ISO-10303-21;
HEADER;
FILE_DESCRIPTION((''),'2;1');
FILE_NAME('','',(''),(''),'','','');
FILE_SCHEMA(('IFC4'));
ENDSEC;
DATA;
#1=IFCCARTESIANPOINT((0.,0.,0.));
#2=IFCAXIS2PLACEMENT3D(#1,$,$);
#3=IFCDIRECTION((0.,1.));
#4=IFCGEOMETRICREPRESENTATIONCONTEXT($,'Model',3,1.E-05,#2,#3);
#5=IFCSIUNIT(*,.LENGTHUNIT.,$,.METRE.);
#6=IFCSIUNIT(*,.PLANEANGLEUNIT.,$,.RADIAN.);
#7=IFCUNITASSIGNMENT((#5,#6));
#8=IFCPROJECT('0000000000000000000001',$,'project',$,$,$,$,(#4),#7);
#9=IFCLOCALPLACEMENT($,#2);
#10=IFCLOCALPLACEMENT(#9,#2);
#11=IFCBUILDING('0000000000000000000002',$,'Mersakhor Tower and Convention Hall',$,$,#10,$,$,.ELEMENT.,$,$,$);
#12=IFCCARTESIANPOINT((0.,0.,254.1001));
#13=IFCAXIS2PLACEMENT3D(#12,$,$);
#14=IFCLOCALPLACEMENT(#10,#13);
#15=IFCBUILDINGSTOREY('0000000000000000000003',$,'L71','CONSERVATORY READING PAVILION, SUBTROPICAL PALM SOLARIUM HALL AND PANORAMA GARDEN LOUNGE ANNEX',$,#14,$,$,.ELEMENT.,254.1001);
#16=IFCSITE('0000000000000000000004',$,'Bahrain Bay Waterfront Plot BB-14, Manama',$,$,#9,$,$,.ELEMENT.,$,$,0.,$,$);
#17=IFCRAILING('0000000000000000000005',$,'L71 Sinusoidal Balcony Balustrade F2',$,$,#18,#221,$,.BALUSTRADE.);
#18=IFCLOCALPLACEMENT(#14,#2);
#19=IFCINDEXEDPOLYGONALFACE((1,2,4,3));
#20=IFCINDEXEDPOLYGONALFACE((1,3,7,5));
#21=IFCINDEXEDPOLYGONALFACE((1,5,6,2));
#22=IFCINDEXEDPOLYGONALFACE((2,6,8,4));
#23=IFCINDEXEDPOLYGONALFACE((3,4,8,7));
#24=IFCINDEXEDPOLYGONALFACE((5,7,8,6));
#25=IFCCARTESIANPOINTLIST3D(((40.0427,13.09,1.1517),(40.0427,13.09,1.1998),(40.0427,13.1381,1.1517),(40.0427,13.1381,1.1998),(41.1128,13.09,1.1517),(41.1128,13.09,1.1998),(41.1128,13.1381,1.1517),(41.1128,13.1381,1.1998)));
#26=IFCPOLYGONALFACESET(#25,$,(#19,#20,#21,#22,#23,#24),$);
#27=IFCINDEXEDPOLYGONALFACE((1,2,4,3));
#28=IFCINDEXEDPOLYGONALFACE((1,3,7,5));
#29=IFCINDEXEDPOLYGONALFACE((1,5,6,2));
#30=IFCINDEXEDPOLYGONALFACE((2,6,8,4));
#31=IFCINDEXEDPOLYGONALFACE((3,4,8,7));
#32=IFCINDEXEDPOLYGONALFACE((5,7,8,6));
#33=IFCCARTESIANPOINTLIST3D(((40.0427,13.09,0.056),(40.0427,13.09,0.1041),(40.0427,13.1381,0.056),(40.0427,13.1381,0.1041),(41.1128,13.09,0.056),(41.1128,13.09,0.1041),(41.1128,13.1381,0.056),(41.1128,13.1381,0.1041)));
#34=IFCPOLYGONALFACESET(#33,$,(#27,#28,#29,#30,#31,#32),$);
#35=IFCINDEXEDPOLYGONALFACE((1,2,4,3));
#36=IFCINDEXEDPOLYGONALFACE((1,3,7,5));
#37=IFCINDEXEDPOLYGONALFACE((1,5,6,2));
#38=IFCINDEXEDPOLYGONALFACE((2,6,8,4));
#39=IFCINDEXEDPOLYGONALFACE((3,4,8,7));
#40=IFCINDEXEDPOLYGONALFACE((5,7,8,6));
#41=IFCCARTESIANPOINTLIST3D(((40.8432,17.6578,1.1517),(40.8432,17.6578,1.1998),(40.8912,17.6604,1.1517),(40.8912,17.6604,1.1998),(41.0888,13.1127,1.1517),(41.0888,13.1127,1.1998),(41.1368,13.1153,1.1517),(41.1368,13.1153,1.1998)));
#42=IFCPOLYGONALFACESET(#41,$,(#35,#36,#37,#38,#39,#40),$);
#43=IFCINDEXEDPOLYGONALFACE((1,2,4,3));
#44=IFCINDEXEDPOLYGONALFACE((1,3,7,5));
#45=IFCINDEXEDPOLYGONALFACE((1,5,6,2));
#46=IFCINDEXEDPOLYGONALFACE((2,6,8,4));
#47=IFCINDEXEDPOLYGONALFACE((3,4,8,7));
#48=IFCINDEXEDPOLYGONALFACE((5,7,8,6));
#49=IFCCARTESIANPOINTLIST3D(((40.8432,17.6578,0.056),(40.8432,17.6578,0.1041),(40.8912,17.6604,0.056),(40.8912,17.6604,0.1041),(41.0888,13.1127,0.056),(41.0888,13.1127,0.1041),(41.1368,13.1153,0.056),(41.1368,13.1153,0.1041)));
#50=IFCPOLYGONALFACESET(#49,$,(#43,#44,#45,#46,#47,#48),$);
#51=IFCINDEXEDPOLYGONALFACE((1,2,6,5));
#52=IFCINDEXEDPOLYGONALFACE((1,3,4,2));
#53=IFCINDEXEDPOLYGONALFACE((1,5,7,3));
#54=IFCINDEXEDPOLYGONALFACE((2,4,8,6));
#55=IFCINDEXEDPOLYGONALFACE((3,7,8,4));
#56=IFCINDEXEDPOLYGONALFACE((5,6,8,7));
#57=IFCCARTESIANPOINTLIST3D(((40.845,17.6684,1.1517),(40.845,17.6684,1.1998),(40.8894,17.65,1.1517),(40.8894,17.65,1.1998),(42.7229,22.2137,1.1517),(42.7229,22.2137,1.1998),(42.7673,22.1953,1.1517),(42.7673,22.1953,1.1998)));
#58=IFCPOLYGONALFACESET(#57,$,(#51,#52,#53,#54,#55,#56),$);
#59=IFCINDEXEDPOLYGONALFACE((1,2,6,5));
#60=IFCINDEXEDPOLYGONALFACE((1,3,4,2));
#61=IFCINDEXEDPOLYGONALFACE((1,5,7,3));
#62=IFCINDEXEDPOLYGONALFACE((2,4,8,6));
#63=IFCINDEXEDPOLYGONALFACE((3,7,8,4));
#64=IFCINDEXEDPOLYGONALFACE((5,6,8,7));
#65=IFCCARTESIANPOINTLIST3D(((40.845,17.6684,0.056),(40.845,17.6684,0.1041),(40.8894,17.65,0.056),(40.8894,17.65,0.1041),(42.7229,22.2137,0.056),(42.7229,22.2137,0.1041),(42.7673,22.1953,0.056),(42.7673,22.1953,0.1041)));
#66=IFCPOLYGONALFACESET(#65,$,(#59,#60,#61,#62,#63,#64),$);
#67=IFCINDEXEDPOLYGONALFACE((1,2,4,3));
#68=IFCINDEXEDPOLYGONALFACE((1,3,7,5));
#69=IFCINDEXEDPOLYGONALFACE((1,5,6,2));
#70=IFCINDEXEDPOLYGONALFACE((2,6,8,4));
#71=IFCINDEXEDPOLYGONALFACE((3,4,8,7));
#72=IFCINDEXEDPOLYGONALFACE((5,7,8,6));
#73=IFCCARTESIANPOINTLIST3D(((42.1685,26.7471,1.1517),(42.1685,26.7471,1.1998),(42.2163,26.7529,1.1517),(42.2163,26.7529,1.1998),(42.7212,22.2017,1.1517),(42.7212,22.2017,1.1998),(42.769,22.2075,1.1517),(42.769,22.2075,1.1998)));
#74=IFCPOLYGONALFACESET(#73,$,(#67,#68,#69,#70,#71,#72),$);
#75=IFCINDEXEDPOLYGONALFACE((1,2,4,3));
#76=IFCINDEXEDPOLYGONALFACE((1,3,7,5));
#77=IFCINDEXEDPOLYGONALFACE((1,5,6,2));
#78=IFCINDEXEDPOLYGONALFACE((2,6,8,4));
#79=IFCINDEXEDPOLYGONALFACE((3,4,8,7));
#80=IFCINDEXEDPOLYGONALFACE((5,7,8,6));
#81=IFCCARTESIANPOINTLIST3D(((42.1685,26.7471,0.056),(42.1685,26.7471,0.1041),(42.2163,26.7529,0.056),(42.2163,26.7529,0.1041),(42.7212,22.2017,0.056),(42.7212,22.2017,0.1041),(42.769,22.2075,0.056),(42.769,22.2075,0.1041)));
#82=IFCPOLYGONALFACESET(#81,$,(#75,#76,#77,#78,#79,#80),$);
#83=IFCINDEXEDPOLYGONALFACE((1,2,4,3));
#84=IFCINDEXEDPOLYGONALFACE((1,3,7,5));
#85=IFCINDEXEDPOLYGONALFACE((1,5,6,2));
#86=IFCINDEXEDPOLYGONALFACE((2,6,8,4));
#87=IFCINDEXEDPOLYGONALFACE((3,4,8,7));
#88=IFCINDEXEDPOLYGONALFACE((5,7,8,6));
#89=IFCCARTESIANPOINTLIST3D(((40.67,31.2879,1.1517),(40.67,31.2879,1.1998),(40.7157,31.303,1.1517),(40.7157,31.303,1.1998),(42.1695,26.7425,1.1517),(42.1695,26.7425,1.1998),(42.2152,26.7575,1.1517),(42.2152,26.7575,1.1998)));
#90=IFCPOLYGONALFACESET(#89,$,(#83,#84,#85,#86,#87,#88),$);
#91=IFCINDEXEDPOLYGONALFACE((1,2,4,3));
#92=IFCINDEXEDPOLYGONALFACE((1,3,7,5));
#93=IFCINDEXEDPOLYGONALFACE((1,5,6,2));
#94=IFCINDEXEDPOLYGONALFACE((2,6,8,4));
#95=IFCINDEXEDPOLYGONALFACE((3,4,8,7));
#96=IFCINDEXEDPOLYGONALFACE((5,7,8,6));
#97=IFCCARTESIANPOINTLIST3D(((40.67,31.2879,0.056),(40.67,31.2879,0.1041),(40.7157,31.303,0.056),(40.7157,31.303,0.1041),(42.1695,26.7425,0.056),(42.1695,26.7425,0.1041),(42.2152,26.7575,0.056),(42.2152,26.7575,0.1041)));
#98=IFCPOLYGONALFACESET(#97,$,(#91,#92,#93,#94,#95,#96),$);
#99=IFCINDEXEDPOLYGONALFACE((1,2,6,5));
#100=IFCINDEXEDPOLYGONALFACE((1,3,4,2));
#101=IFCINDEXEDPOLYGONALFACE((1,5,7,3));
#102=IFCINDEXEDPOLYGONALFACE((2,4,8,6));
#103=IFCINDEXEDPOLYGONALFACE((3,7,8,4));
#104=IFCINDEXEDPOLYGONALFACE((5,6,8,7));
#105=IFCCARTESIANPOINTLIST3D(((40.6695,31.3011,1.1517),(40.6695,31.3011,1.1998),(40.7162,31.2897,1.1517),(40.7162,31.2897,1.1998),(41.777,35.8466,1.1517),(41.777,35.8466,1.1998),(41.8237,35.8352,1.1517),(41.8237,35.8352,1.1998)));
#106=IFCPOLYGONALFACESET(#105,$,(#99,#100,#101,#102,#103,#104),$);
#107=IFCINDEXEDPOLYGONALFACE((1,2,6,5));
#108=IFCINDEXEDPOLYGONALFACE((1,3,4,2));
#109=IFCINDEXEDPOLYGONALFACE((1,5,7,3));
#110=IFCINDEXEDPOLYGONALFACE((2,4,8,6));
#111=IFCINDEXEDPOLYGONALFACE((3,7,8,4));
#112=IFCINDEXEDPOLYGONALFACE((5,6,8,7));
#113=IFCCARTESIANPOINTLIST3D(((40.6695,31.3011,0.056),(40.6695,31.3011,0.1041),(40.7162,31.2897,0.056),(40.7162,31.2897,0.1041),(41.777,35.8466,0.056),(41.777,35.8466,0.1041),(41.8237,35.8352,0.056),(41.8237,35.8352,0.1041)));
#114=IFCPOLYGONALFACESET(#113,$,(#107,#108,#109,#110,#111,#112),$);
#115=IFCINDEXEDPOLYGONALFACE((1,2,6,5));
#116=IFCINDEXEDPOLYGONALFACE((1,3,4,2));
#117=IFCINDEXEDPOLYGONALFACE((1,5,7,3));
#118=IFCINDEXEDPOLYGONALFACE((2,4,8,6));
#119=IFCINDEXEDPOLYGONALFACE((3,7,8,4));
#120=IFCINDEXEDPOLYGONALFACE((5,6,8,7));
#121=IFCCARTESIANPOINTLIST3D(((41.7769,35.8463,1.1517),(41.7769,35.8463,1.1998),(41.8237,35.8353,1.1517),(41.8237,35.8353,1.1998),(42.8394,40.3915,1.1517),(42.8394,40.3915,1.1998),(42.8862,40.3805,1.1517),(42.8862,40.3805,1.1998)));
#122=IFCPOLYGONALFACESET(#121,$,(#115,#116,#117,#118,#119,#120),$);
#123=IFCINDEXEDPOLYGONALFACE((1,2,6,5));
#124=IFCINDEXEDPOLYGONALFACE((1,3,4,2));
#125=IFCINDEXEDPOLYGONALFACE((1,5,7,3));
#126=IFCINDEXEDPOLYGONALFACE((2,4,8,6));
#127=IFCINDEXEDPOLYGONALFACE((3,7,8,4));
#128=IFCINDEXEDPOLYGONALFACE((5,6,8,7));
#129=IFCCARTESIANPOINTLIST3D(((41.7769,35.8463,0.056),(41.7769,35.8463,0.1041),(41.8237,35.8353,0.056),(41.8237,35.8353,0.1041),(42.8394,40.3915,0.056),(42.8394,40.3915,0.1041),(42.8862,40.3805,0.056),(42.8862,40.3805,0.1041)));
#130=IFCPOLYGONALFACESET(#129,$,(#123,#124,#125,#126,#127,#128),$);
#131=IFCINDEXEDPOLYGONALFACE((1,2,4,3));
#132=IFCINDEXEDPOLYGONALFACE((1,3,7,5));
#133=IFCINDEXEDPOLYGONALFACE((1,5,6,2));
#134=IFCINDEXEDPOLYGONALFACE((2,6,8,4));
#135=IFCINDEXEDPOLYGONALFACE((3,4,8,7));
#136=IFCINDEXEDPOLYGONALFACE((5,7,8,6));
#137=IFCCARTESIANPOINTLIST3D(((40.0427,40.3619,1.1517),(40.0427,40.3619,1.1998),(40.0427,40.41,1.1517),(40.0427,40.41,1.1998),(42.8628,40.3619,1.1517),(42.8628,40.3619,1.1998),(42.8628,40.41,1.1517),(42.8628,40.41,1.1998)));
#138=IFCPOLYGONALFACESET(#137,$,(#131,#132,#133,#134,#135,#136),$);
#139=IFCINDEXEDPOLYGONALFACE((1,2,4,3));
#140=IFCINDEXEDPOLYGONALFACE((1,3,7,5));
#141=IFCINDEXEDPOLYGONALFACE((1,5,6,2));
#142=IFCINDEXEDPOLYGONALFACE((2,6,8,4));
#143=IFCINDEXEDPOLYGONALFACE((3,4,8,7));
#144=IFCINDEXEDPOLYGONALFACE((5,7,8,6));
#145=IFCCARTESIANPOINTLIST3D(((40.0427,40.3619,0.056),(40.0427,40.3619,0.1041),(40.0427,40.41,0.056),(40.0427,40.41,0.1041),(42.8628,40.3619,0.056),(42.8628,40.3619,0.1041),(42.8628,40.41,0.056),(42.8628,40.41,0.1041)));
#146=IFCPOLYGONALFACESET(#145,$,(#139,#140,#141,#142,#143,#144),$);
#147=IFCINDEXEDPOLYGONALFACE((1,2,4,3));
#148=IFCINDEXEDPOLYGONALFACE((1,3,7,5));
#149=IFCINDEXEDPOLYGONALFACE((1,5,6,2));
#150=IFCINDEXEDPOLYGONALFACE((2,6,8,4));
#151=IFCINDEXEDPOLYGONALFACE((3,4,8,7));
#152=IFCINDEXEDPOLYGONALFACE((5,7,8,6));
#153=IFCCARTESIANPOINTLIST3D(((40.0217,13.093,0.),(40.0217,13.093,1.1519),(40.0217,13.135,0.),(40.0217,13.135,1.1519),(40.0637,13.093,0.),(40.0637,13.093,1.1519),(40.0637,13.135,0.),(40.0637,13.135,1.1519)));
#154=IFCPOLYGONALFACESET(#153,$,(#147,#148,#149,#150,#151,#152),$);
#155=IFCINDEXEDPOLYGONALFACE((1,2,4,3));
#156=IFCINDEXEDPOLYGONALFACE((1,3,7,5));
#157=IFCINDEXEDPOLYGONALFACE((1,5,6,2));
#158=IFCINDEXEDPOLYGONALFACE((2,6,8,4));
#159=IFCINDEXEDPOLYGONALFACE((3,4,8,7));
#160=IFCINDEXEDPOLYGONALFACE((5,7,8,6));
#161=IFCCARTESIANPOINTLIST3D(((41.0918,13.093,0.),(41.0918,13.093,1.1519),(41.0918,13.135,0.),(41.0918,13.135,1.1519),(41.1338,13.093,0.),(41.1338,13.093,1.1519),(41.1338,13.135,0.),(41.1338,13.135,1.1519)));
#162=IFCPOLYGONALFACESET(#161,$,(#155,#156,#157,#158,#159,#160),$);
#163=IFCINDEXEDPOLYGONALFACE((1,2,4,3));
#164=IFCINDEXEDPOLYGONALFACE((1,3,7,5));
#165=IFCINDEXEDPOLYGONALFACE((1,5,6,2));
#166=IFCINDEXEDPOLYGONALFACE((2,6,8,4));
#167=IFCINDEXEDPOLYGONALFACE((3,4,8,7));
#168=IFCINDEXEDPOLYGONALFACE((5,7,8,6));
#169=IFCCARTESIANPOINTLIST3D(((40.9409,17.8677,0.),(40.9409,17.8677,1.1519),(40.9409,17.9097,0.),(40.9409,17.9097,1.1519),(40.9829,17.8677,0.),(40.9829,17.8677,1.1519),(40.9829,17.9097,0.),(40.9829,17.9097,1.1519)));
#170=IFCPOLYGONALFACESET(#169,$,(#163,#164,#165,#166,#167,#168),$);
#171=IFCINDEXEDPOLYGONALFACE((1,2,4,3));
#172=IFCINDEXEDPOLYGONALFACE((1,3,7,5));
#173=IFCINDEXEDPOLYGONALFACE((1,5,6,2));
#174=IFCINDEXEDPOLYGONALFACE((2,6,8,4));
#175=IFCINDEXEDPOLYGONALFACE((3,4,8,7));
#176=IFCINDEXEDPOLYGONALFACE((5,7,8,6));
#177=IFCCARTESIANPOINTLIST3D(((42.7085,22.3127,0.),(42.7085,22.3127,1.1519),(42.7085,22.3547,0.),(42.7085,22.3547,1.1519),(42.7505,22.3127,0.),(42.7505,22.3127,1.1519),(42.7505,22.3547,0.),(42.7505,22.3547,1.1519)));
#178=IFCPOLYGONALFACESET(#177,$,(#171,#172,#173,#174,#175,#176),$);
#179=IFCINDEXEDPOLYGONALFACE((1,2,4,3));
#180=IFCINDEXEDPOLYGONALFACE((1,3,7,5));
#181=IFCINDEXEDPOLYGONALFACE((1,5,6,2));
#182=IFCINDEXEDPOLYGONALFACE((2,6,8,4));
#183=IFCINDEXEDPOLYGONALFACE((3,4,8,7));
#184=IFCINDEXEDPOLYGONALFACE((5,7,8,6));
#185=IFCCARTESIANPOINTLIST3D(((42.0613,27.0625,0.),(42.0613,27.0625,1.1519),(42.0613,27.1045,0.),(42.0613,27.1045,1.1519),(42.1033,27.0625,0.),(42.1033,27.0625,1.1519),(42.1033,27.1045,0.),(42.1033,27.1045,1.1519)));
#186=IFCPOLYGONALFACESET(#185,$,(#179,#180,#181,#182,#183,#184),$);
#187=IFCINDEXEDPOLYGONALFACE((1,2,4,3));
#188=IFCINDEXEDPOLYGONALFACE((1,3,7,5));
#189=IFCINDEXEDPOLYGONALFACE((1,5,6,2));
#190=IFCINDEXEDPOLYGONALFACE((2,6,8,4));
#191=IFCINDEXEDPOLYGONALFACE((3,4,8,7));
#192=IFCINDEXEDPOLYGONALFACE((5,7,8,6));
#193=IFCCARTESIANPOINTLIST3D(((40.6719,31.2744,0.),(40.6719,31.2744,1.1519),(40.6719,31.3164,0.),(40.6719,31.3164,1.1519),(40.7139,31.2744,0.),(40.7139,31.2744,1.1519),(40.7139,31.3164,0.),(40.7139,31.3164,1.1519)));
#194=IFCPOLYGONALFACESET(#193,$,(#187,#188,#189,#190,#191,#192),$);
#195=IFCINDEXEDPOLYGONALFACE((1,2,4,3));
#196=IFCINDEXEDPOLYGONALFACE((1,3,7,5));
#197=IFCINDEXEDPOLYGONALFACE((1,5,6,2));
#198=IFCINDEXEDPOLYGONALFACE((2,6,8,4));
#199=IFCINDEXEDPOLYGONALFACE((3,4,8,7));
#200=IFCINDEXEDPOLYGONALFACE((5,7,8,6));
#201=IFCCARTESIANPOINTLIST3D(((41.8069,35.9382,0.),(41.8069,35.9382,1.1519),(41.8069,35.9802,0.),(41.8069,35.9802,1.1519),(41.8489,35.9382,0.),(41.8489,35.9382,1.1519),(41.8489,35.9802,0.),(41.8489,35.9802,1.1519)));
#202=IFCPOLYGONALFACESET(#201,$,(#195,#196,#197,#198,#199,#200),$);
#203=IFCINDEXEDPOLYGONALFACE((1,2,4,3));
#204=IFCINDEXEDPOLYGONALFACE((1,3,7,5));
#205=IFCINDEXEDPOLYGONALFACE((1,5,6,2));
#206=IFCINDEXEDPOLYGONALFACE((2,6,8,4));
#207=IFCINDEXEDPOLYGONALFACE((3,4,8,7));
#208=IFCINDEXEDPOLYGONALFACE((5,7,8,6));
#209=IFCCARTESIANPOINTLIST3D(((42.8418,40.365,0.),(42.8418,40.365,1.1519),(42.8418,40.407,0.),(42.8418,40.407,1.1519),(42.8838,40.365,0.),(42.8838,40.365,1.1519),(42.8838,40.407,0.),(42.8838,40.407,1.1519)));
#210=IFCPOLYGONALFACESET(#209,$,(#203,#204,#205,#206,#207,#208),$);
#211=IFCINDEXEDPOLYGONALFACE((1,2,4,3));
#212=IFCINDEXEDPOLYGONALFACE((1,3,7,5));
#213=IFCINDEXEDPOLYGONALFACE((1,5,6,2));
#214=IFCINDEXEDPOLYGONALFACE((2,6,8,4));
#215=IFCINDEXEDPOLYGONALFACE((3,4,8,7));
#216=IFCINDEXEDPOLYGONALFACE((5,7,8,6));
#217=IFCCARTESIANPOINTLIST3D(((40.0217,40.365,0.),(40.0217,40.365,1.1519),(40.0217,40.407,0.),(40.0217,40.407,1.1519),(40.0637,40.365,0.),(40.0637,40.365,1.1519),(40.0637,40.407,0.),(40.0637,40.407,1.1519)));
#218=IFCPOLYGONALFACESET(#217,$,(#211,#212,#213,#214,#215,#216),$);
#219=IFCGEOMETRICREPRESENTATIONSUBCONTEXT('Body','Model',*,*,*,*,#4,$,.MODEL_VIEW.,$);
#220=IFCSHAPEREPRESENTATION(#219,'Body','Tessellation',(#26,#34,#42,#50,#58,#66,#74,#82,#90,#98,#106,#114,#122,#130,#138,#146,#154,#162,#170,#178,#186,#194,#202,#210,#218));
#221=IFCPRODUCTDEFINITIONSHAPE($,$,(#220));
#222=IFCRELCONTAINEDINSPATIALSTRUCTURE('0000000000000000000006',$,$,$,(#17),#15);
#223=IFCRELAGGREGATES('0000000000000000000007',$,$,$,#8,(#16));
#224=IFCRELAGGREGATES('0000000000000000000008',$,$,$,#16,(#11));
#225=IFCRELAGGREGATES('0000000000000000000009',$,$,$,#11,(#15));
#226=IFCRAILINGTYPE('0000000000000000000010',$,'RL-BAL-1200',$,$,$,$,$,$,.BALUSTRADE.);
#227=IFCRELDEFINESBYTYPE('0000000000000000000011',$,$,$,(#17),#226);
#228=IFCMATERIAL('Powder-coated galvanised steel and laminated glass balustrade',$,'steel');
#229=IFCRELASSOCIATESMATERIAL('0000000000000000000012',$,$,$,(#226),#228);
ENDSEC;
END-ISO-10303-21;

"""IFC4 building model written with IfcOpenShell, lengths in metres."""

from ifc_helpers import new_model, si_unit, direction, frame, origin, origin_2d, place, context, subcontext, project, spatial, rectangle, extrude, material, type_object, element, save


model = new_model("IFC4")

# Units and contexts
model_context = context("Model", 3, precision=1e-05, world=origin(), true_north=direction((0.0, 1.0)))
body_context = subcontext(model_context, "Body", "Model", "MODEL_VIEW")
ifc_project = project(units=[si_unit("LENGTHUNIT", "METRE"), si_unit("PLANEANGLEUNIT", "RADIAN")], contexts=[model_context])

# Site, building, storey
site_placement = place(None, origin())
site = spatial("IfcSite", under=ifc_project, at=site_placement, Name="Bahrain Bay Waterfront Plot BB-14, Manama", CompositionType="ELEMENT", RefElevation=0.0)
building_placement = place(site_placement, origin())
building = spatial("IfcBuilding", under=site, at=building_placement, Name="Mersakhor Tower and Convention Hall", CompositionType="ELEMENT")
storey_placement = place(building_placement, frame((0.0, 0.0, 254.1001)))
storey = spatial("IfcBuildingStorey", under=building, at=storey_placement, Name="L71", Description="CONSERVATORY READING PAVILION, SUBTROPICAL PALM SOLARIUM HALL AND PANORAMA GARDEN LOUNGE ANNEX", CompositionType="ELEMENT", Elevation=254.1001)

# Railing
ifc_material_1 = material(Name="Powder-coated galvanised steel and laminated glass balustrade", Category="steel")
railing_type = type_object("IfcRailingType", Name="RL-BAL-1200", PredefinedType="BALUSTRADE", material=ifc_material_1)
railing_placement = place(storey_placement, frame((40.0427, 13.114, 0.0)))
element("IfcRailing", 1, at=railing_placement, inside=storey, type_object=railing_type, Name="L71 Sinusoidal Balcony Balustrade F2", PredefinedType="BALUSTRADE", context=body_context, shape_type="SweptSolid", body=[
    extrude(rectangle(XDim=0.0481, YDim=0.0481, at=origin_2d()), frame((0.0, 0.0, 1.1758), z_axis=(1.0, 0.0, 0.0), x_axis=(0.0, 1.0, 0.0)), (0.0, 0.0, 1.0), 1.0701),
    extrude(rectangle(XDim=0.0481, YDim=0.0481, at=origin_2d()), frame((0.0, 0.0, 0.0801), z_axis=(1.0, 0.0, 0.0), x_axis=(0.0, 1.0, 0.0)), (0.0, 0.0, 1.0), 1.0701),
    extrude(rectangle(XDim=0.0481, YDim=0.0481, at=origin_2d()), frame((1.0701, 0.0, 1.1758), z_axis=(-0.053958, 0.998543, 0.0), x_axis=(-0.998543, -0.053958, 0.0)), (0.0, 0.0, 1.0), 4.5518),
    extrude(rectangle(XDim=0.0481, YDim=0.0481, at=origin_2d()), frame((1.0701, 0.0, 0.0801), z_axis=(-0.053958, 0.998543, 0.0), x_axis=(-0.998543, -0.053958, 0.0)), (0.0, 0.0, 1.0), 4.5518),
    extrude(rectangle(XDim=0.0481, YDim=0.0481, at=origin_2d()), frame((0.8245, 4.5452, 1.1758), z_axis=(0.381843, 0.924227, 0.0), x_axis=(-0.924227, 0.381843, 0.0)), (0.0, 0.0, 1.0), 4.918),
    extrude(rectangle(XDim=0.0481, YDim=0.0481, at=origin_2d()), frame((0.8245, 4.5452, 0.0801), z_axis=(0.381843, 0.924227, 0.0), x_axis=(-0.924227, 0.381843, 0.0)), (0.0, 0.0, 1.0), 4.918),
    extrude(rectangle(XDim=0.0481, YDim=0.0481, at=origin_2d()), frame((2.7024, 9.0906, 1.1758), z_axis=(-0.120714, 0.992687, 0.0), x_axis=(-0.992687, -0.120714, 0.0)), (0.0, 0.0, 1.0), 4.5789),
    extrude(rectangle(XDim=0.0481, YDim=0.0481, at=origin_2d()), frame((2.7024, 9.0906, 0.0801), z_axis=(-0.120714, 0.992687, 0.0), x_axis=(-0.992687, -0.120714, 0.0)), (0.0, 0.0, 1.0), 4.5789),
    extrude(rectangle(XDim=0.0481, YDim=0.0481, at=origin_2d()), frame((2.1497, 13.636, 1.1758), z_axis=(-0.313288, 0.949658, 0.0), x_axis=(-0.949658, -0.313288, 0.0)), (0.0, 0.0, 1.0), 4.7864),
    extrude(rectangle(XDim=0.0481, YDim=0.0481, at=origin_2d()), frame((2.1497, 13.636, 0.0801), z_axis=(-0.313288, 0.949658, 0.0), x_axis=(-0.949658, -0.313288, 0.0)), (0.0, 0.0, 1.0), 4.7864),
    extrude(rectangle(XDim=0.0481, YDim=0.0481, at=origin_2d()), frame((0.6501, 18.1814, 1.1758), z_axis=(0.236711, 0.97158, 0.0), x_axis=(-0.97158, 0.236711, 0.0)), (0.0, 0.0, 1.0), 4.6785),
    extrude(rectangle(XDim=0.0481, YDim=0.0481, at=origin_2d()), frame((0.6501, 18.1814, 0.0801), z_axis=(0.236711, 0.97158, 0.0), x_axis=(-0.97158, 0.236711, 0.0)), (0.0, 0.0, 1.0), 4.6785),
    extrude(rectangle(XDim=0.0481, YDim=0.0481, at=origin_2d()), frame((1.7576, 22.7268, 1.1758), z_axis=(0.227628, 0.973748, 0.0), x_axis=(-0.973748, 0.227628, 0.0)), (0.0, 0.0, 1.0), 4.6677),
    extrude(rectangle(XDim=0.0481, YDim=0.0481, at=origin_2d()), frame((1.7576, 22.7268, 0.0801), z_axis=(0.227628, 0.973748, 0.0), x_axis=(-0.973748, 0.227628, 0.0)), (0.0, 0.0, 1.0), 4.6677),
    extrude(rectangle(XDim=0.0481, YDim=0.0481, at=origin_2d()), frame((2.8201, 27.272, 1.1758), z_axis=(-1.0, 0.0, 0.0), x_axis=(0.0, -1.0, 0.0)), (0.0, 0.0, 1.0), 2.8201),
    extrude(rectangle(XDim=0.0481, YDim=0.0481, at=origin_2d()), frame((2.8201, 27.272, 0.0801), z_axis=(-1.0, 0.0, 0.0), x_axis=(0.0, -1.0, 0.0)), (0.0, 0.0, 1.0), 2.8201),
    extrude(rectangle(XDim=0.042, YDim=0.042, at=origin_2d()), origin(), (0.0, 0.0, 1.0), 1.1519),
    extrude(rectangle(XDim=0.042, YDim=0.042, at=origin_2d()), frame((1.0701, 0.0, 0.0)), (0.0, 0.0, 1.0), 1.1519),
    extrude(rectangle(XDim=0.042, YDim=0.042, at=origin_2d()), frame((0.9192, 4.7747, 0.0)), (0.0, 0.0, 1.0), 1.1519),
    extrude(rectangle(XDim=0.042, YDim=0.042, at=origin_2d()), frame((2.6868, 9.2197, 0.0)), (0.0, 0.0, 1.0), 1.1519),
    extrude(rectangle(XDim=0.042, YDim=0.042, at=origin_2d()), frame((2.0396, 13.9695, 0.0)), (0.0, 0.0, 1.0), 1.1519),
    extrude(rectangle(XDim=0.042, YDim=0.042, at=origin_2d()), frame((0.6501, 18.1814, 0.0)), (0.0, 0.0, 1.0), 1.1519),
    extrude(rectangle(XDim=0.042, YDim=0.042, at=origin_2d()), frame((1.7852, 22.8452, 0.0)), (0.0, 0.0, 1.0), 1.1519),
    extrude(rectangle(XDim=0.042, YDim=0.042, at=origin_2d()), frame((2.8201, 27.272, 0.0)), (0.0, 0.0, 1.0), 1.1519),
    extrude(rectangle(XDim=0.042, YDim=0.042, at=origin_2d()), frame((0.0, 27.272, 0.0)), (0.0, 0.0, 1.0), 1.1519),
])

save(model, "model.ifc")
